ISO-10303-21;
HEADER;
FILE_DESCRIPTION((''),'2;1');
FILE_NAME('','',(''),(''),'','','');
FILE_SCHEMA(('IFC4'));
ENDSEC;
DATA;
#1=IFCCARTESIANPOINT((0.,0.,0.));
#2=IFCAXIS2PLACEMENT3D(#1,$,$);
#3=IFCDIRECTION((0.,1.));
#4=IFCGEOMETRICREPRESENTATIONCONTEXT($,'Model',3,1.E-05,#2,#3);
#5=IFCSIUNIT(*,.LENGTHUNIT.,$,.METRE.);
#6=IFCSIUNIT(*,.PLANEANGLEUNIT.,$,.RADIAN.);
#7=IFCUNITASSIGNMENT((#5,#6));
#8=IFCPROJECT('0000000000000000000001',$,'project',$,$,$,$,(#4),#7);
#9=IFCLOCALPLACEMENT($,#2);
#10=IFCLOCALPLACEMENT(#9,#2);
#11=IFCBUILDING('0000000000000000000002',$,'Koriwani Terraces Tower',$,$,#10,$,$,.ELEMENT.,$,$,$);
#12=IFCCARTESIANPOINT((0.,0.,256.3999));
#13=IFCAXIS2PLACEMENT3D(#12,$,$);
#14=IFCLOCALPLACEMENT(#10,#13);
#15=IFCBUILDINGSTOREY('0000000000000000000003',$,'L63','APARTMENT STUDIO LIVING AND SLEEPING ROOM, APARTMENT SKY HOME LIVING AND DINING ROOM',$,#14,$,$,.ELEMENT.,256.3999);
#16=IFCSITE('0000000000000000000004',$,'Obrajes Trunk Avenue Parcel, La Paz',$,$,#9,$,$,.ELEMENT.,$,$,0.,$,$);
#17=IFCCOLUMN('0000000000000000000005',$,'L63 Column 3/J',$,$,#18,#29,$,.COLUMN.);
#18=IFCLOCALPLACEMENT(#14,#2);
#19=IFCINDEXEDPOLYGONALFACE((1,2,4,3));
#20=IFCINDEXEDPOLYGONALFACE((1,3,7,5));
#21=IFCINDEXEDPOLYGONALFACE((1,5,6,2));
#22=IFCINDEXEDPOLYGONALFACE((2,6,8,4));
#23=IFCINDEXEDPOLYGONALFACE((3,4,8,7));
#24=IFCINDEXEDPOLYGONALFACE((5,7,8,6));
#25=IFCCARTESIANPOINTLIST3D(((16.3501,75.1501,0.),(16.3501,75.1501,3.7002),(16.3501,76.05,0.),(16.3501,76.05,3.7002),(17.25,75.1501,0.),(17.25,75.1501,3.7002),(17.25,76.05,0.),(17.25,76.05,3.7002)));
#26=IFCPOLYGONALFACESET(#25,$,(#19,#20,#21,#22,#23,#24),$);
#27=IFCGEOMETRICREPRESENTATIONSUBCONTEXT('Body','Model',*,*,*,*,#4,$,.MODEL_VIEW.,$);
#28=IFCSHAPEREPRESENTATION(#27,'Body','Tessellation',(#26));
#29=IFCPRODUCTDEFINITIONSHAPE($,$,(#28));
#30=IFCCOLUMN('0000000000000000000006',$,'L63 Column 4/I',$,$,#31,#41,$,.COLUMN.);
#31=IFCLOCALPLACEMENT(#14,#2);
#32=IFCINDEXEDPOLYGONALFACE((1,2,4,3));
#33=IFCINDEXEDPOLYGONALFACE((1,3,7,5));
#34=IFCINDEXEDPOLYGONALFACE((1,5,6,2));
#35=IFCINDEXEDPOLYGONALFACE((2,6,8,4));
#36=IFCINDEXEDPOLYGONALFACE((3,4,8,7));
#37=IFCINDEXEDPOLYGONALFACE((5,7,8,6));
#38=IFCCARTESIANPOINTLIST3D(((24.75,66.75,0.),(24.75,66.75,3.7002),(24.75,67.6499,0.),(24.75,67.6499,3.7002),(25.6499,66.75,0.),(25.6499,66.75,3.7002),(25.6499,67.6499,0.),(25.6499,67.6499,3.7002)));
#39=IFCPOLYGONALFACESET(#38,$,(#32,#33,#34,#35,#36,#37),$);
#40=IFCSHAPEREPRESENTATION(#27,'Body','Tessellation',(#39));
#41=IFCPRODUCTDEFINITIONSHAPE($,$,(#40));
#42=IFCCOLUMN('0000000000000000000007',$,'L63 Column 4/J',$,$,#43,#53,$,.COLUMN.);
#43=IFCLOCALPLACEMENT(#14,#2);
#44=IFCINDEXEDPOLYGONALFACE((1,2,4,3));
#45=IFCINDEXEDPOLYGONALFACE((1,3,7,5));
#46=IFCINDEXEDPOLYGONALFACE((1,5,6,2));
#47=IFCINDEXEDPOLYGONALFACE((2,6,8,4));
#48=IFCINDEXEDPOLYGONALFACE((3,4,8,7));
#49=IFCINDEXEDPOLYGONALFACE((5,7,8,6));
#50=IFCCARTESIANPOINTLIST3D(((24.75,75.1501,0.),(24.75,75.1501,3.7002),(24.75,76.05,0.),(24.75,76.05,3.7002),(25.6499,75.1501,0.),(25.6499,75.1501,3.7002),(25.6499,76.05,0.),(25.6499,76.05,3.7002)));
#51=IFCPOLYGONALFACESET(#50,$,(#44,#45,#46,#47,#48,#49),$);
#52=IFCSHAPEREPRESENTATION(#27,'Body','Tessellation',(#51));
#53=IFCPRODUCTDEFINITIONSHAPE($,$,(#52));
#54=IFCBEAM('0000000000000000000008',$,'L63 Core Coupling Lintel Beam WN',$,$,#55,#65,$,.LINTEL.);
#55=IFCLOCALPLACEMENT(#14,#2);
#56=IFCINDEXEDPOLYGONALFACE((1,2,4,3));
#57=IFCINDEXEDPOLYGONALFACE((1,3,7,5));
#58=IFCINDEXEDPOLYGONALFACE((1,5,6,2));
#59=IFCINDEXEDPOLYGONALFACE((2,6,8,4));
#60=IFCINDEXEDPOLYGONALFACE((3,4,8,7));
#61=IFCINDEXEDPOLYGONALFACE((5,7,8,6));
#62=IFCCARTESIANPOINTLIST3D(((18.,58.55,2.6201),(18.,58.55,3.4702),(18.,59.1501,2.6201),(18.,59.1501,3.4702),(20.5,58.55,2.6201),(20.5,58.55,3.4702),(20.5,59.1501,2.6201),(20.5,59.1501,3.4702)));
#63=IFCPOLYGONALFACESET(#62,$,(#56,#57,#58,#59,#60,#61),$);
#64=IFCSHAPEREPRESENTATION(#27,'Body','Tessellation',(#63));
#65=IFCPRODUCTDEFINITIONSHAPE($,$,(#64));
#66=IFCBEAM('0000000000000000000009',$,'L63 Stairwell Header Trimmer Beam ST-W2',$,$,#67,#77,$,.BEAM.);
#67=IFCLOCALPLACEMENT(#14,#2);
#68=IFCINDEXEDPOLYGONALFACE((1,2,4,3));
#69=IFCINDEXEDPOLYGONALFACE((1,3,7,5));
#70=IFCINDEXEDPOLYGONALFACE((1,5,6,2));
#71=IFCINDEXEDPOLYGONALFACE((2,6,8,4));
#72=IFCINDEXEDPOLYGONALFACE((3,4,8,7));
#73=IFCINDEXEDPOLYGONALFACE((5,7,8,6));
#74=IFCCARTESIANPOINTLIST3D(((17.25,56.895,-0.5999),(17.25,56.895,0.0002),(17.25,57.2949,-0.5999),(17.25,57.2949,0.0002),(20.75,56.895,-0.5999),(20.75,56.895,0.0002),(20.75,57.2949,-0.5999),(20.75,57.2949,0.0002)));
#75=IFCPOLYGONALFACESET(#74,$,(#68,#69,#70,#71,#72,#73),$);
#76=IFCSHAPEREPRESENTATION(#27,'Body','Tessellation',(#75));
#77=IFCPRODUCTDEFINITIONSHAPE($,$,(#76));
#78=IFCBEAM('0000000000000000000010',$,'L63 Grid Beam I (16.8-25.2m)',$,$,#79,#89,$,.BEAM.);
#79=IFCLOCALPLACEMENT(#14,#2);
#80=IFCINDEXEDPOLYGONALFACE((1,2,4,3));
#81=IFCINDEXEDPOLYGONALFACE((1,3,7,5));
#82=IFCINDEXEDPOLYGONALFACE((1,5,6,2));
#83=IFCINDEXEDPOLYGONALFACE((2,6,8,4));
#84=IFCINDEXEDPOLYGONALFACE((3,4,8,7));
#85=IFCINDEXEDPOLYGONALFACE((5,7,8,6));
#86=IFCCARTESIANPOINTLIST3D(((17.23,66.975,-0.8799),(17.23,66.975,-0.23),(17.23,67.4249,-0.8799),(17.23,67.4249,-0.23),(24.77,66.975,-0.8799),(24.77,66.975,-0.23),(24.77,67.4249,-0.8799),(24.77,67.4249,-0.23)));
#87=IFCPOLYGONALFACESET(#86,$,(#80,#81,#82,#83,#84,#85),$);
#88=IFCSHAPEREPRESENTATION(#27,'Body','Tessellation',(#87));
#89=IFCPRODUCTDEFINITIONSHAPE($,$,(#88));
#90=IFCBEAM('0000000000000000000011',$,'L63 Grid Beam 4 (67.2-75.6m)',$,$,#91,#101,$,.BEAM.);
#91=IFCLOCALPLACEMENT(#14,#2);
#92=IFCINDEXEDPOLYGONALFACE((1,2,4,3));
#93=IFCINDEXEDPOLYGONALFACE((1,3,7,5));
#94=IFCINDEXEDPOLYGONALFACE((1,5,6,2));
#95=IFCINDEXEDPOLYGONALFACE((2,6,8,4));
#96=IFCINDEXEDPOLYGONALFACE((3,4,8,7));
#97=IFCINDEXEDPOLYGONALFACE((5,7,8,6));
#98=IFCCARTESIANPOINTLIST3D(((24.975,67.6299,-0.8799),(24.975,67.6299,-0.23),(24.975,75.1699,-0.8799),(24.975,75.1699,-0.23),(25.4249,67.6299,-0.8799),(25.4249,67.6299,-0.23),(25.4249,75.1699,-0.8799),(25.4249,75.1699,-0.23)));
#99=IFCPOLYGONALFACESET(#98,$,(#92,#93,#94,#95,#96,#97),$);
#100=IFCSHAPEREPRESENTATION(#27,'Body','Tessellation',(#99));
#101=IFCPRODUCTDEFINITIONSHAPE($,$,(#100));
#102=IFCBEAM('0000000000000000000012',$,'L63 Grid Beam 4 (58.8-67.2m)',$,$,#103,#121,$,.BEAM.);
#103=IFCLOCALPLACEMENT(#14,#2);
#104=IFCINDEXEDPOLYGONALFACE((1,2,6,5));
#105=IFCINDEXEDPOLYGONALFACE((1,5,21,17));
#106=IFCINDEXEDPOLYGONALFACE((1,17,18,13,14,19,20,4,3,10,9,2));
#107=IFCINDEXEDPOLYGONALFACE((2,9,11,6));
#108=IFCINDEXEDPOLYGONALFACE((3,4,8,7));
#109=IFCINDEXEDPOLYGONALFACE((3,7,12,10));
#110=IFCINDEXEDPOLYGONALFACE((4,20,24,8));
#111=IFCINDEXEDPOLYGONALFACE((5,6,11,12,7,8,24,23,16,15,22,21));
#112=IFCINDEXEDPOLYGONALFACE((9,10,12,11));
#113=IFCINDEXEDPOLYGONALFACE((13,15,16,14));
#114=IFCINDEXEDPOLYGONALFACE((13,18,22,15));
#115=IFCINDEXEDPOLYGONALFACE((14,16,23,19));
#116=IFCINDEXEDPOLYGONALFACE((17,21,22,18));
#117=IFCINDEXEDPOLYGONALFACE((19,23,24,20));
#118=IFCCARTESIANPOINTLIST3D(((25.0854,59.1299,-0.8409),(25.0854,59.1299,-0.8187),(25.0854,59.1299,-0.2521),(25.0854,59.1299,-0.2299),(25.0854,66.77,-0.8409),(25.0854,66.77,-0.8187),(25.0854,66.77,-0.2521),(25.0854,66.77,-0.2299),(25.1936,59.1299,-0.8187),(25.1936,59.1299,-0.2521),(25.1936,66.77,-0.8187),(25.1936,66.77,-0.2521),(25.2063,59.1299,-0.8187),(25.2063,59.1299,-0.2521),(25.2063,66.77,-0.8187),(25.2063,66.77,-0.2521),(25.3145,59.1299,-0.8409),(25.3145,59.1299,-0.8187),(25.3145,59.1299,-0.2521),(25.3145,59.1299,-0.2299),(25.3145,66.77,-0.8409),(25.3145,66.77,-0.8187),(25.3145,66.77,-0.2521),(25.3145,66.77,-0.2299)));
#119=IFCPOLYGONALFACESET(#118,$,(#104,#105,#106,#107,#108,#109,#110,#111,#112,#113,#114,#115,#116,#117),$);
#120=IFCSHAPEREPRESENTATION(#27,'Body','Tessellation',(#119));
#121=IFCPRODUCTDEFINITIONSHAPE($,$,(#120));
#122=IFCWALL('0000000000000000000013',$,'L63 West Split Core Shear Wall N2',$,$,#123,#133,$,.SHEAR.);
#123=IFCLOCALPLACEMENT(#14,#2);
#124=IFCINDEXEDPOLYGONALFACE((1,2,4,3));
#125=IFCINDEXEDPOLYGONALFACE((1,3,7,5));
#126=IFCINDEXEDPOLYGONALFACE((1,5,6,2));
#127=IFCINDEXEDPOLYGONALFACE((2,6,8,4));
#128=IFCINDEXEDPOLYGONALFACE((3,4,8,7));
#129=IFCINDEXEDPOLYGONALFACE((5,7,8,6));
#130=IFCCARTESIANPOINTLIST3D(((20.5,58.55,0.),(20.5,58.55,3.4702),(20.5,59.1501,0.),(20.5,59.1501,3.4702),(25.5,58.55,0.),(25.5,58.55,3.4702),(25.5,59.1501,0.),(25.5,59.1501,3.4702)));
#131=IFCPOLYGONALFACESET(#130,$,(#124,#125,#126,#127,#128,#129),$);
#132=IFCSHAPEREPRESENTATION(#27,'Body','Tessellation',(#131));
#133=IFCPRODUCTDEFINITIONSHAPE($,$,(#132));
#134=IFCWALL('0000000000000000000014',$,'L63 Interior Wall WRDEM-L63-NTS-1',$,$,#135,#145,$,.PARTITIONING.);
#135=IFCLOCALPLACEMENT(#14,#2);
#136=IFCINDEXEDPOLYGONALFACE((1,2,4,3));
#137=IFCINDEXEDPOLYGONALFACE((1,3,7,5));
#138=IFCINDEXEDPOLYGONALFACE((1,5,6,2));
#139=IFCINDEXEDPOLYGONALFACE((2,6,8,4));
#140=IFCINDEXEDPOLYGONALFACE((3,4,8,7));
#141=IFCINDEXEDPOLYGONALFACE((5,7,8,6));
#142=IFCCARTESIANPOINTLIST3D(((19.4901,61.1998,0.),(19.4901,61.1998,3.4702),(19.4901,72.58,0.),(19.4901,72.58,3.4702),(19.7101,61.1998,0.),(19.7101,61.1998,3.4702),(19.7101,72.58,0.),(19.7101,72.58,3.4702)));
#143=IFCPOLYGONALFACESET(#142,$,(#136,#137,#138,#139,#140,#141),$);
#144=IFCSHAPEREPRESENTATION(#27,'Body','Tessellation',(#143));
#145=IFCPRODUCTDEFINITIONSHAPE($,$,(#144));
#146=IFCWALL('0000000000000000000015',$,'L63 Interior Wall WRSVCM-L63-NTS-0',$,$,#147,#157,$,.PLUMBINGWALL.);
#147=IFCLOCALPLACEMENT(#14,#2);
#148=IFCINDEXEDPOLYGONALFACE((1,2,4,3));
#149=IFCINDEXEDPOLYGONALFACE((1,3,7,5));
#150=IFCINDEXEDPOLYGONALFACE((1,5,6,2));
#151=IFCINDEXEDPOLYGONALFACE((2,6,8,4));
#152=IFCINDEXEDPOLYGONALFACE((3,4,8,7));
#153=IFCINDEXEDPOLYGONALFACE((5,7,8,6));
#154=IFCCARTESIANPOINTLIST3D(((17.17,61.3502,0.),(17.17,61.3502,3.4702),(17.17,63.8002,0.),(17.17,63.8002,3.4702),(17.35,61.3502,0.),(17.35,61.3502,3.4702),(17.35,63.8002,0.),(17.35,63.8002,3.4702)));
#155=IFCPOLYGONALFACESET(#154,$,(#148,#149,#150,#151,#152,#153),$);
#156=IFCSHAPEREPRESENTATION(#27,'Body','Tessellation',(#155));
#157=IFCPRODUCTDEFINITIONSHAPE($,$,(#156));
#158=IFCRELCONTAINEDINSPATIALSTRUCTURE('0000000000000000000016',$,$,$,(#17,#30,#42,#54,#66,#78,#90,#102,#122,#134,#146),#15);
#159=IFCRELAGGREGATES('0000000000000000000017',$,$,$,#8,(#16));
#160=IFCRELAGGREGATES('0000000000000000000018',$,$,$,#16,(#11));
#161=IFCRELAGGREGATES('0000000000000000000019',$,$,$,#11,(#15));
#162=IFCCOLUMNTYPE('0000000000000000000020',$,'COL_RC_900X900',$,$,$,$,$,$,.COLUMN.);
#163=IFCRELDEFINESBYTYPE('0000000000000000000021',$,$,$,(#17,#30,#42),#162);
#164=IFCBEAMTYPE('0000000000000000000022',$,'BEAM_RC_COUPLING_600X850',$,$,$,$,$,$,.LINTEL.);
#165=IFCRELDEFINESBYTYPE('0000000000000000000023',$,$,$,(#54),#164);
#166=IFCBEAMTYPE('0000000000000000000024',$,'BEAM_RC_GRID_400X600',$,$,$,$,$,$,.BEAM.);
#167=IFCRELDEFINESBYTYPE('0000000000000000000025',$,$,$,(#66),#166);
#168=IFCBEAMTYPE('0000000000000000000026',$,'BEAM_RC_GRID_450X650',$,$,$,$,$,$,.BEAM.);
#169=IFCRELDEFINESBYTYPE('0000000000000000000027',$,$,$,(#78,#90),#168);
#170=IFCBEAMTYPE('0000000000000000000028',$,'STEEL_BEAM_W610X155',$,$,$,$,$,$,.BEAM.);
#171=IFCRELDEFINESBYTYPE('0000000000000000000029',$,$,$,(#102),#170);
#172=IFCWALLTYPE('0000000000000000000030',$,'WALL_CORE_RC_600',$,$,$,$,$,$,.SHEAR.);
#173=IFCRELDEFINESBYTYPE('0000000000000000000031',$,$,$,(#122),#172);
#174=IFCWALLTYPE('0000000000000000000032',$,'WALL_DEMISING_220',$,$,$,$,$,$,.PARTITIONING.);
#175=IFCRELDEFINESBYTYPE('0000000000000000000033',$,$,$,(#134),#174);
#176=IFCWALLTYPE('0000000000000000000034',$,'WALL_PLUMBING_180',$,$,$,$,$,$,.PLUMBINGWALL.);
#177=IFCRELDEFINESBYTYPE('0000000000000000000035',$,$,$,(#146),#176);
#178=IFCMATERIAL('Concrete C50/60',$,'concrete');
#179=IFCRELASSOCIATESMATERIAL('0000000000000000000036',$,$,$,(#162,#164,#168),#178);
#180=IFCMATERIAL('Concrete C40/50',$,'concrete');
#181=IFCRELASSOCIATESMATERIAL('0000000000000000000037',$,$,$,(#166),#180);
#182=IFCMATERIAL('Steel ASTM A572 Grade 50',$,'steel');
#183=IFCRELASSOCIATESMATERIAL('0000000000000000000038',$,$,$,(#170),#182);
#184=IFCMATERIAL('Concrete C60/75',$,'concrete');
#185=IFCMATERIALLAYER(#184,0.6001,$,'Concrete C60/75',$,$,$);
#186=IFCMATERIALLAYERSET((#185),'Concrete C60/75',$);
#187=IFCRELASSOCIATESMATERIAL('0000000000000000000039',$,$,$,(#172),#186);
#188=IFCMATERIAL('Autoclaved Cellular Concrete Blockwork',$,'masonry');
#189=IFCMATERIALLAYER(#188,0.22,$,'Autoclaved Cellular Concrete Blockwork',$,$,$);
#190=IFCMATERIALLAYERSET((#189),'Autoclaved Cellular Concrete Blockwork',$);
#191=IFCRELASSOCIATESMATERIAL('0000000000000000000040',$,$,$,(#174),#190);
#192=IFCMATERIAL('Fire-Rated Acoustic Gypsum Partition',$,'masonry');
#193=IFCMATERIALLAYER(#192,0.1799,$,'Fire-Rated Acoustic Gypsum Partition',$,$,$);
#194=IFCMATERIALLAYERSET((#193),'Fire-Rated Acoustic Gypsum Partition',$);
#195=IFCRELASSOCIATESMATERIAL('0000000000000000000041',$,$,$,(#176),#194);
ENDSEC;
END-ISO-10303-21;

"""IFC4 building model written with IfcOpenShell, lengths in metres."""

from ifc_helpers import new_model, si_unit, direction, frame, frame_2d, origin, origin_2d, place, context, subcontext, project, spatial, rectangle, i_section, extrude, material, layer, layer_set, material_profile, profile_set, type_object, element, save


model = new_model("IFC4")

# Units and contexts
model_context = context("Model", 3, precision=1e-05, world=origin(), true_north=direction((0.0, 1.0)))
body_context = subcontext(model_context, "Body", "Model", "MODEL_VIEW")
ifc_project = project(units=[si_unit("LENGTHUNIT", "METRE"), si_unit("PLANEANGLEUNIT", "RADIAN")], contexts=[model_context])

# Site, building, storey
site_placement = place(None, origin())
site = spatial("IfcSite", under=ifc_project, at=site_placement, Name="Obrajes Trunk Avenue Parcel, La Paz", CompositionType="ELEMENT", RefElevation=0.0)
building_placement = place(site_placement, origin())
building = spatial("IfcBuilding", under=site, at=building_placement, Name="Koriwani Terraces Tower", CompositionType="ELEMENT")
storey_placement = place(building_placement, frame((0.0, 0.0, 256.3999)))
storey = spatial("IfcBuildingStorey", under=building, at=storey_placement, Name="L63", Description="APARTMENT STUDIO LIVING AND SLEEPING ROOM, APARTMENT SKY HOME LIVING AND DINING ROOM", CompositionType="ELEMENT", Elevation=256.3999)

# Columns
ifc_material_1 = material(Name="Concrete C50/60", Category="concrete")
ifc_material_profile_1 = material_profile(ifc_material_1, rectangle(XDim=0.8999, YDim=0.8999, at=origin_2d()), Name="Concrete C50/60", Category="LoadBearing")
ifc_profile_set_1 = profile_set([ifc_material_profile_1], Name="Concrete C50/60")
column_type = type_object("IfcColumnType", Name="COL_RC_900X900", PredefinedType="COLUMN", material=ifc_profile_set_1)
for number, where, z_axis, x_axis, name in (
    (1, (16.8, 75.6001, 0.0), (0.0, 0.0, 1.0), (1.0, 0.0, 0.0), "L63 Column 3/J"),
    (2, (25.2, 67.2, 0.0), (0.0, 0.0, 1.0), (1.0, 0.0, 0.0), "L63 Column 4/I"),
    (3, (25.2, 75.6001, 0.0), (0.0, 0.0, 1.0), (1.0, 0.0, 0.0), "L63 Column 4/J"),
):
    element("IfcColumn", number, at=place(storey_placement, frame(where, z_axis=z_axis, x_axis=x_axis)), inside=storey, type_object=column_type, Name=name, PredefinedType="COLUMN", context=body_context, shape_type="SweptSolid", body=[
        extrude(rectangle(XDim=0.8999, YDim=0.8999, at=origin_2d()), origin(), (0.0, 0.0, 1.0), 3.7002),
    ])

# Beams
ifc_material_profile_2 = material_profile(ifc_material_1, rectangle(XDim=0.6001, YDim=0.8501, at=origin_2d()), Name="Concrete C50/60", Category="LoadBearing")
ifc_profile_set_2 = profile_set([ifc_material_profile_2], Name="Concrete C50/60")
beam_type_1 = type_object("IfcBeamType", Name="BEAM_RC_COUPLING_600X850", PredefinedType="LINTEL", material=ifc_profile_set_2)
beam_1_placement = place(storey_placement, frame((18.0, 58.8501, 3.0452), z_axis=(1.0, 0.0, 0.0), x_axis=(0.0, 1.0, 0.0)))
element("IfcBeam", 4, at=beam_1_placement, inside=storey, type_object=beam_type_1, Name="L63 Core Coupling Lintel Beam WN", PredefinedType="LINTEL", context=body_context, shape_type="SweptSolid", body=[
    extrude(rectangle(XDim=0.6001, YDim=0.8501, at=origin_2d()), origin(), (0.0, 0.0, 1.0), 2.5),
])
ifc_material_2 = material(Name="Concrete C40/50", Category="concrete")
ifc_material_profile_3 = material_profile(ifc_material_2, rectangle(XDim=0.3999, YDim=0.6001, at=origin_2d()), Name="Concrete C40/50", Category="LoadBearing")
ifc_profile_set_3 = profile_set([ifc_material_profile_3], Name="Concrete C40/50")
beam_type_2 = type_object("IfcBeamType", Name="BEAM_RC_GRID_400X600", PredefinedType="BEAM", material=ifc_profile_set_3)
beam_2_placement = place(storey_placement, frame((17.25, 57.095, -0.2998), z_axis=(1.0, 0.0, 0.0), x_axis=(0.0, 1.0, 0.0)))
element("IfcBeam", 5, at=beam_2_placement, inside=storey, type_object=beam_type_2, Name="L63 Stairwell Header Trimmer Beam ST-W2", PredefinedType="BEAM", context=body_context, shape_type="SweptSolid", body=[
    extrude(rectangle(XDim=0.3999, YDim=0.6001, at=origin_2d()), origin(), (0.0, 0.0, 1.0), 3.5),
])
ifc_material_profile_4 = material_profile(ifc_material_1, rectangle(XDim=0.45, YDim=0.6499, at=origin_2d()), Name="Concrete C50/60", Category="LoadBearing")
ifc_profile_set_4 = profile_set([ifc_material_profile_4], Name="Concrete C50/60")
beam_type_3 = type_object("IfcBeamType", Name="BEAM_RC_GRID_450X650", PredefinedType="BEAM", material=ifc_profile_set_4)
for number, where, z_axis, x_axis, name in (
    (6, (17.23, 67.2, -0.5549), (1.0, 0.0, 0.0), (0.0, 1.0, 0.0), "L63 Grid Beam I (16.8-25.2m)"),
    (7, (25.2, 67.6299, -0.5549), (0.0, 1.0, 0.0), (-1.0, 0.0, 0.0), "L63 Grid Beam 4 (67.2-75.6m)"),
):
    element("IfcBeam", number, at=place(storey_placement, frame(where, z_axis=z_axis, x_axis=x_axis)), inside=storey, type_object=beam_type_3, Name=name, PredefinedType="BEAM", context=body_context, shape_type="SweptSolid", body=[
        extrude(rectangle(XDim=0.45, YDim=0.6499, at=origin_2d()), origin(), (0.0, 0.0, 1.0), 7.54),
    ])
ifc_material_3 = material(Name="Steel ASTM A572 Grade 50", Category="steel")
ifc_material_profile_5 = material_profile(ifc_material_3, i_section(OverallWidth=0.229, OverallDepth=0.6111, WebThickness=0.0127, FlangeThickness=0.0222, at=origin_2d()), Name="Steel ASTM A572 Grade 50", Category="LoadBearing")
ifc_profile_set_5 = profile_set([ifc_material_profile_5], Name="Steel ASTM A572 Grade 50")
beam_type_4 = type_object("IfcBeamType", Name="STEEL_BEAM_W610X155", PredefinedType="BEAM", material=ifc_profile_set_5)
beam_3_placement = place(storey_placement, frame((25.2, 59.1299, -0.5354), z_axis=(0.0, 1.0, 0.0), x_axis=(-1.0, 0.0, 0.0)))
element("IfcBeam", 8, at=beam_3_placement, inside=storey, type_object=beam_type_4, Name="L63 Grid Beam 4 (58.8-67.2m)", PredefinedType="BEAM", context=body_context, shape_type="SweptSolid", body=[
    extrude(i_section(OverallWidth=0.229, OverallDepth=0.6111, WebThickness=0.0127, FlangeThickness=0.0222, at=origin_2d()), origin(), (0.0, 0.0, 1.0), 7.6401),
])

# Walls
ifc_material_4 = material(Name="Concrete C60/75", Category="concrete")
ifc_layer_1 = layer(ifc_material_4, 0.6001, Name="Concrete C60/75")
ifc_layer_set_1 = layer_set([ifc_layer_1], Name="Concrete C60/75")
wall_type_1 = type_object("IfcWallType", Name="WALL_CORE_RC_600", PredefinedType="SHEAR", material=ifc_layer_set_1)
wall_1_placement = place(storey_placement, frame((20.5, 58.8501, 0.0), z_axis=(0.0, 0.0, 1.0), x_axis=(1.0, 0.0, 0.0)))
element("IfcWall", 9, at=wall_1_placement, inside=storey, type_object=wall_type_1, Name="L63 West Split Core Shear Wall N2", PredefinedType="SHEAR", context=body_context, shape_type="SweptSolid", body=[
    extrude(rectangle(XDim=5.0, YDim=0.6001, at=frame_2d((2.5, 0.0))), origin(), (0.0, 0.0, 1.0), 3.4702),
])
ifc_material_5 = material(Name="Autoclaved Cellular Concrete Blockwork", Category="masonry")
ifc_layer_2 = layer(ifc_material_5, 0.22, Name="Autoclaved Cellular Concrete Blockwork")
ifc_layer_set_2 = layer_set([ifc_layer_2], Name="Autoclaved Cellular Concrete Blockwork")
wall_type_2 = type_object("IfcWallType", Name="WALL_DEMISING_220", PredefinedType="PARTITIONING", material=ifc_layer_set_2)
wall_2_placement = place(storey_placement, frame((19.6001, 61.2, 0.0), z_axis=(0.0, 0.0, 1.0), x_axis=(0.0, 1.0, 0.0)))
element("IfcWall", 10, at=wall_2_placement, inside=storey, type_object=wall_type_2, Name="L63 Interior Wall WRDEM-L63-NTS-1", PredefinedType="PARTITIONING", context=body_context, shape_type="SweptSolid", body=[
    extrude(rectangle(XDim=11.3801, YDim=0.22, at=frame_2d((5.6899, 0.0))), origin(), (0.0, 0.0, 1.0), 3.4702),
])
ifc_material_6 = material(Name="Fire-Rated Acoustic Gypsum Partition", Category="masonry")
ifc_layer_3 = layer(ifc_material_6, 0.1799, Name="Fire-Rated Acoustic Gypsum Partition")
ifc_layer_set_3 = layer_set([ifc_layer_3], Name="Fire-Rated Acoustic Gypsum Partition")
wall_type_3 = type_object("IfcWallType", Name="WALL_PLUMBING_180", PredefinedType="PLUMBINGWALL", material=ifc_layer_set_3)
wall_3_placement = place(storey_placement, frame((17.26, 61.3501, 0.0), z_axis=(0.0, 0.0, 1.0), x_axis=(0.0, 1.0, 0.0)))
element("IfcWall", 11, at=wall_3_placement, inside=storey, type_object=wall_type_3, Name="L63 Interior Wall WRSVCM-L63-NTS-0", PredefinedType="PLUMBINGWALL", context=body_context, shape_type="SweptSolid", body=[
    extrude(rectangle(XDim=2.45, YDim=0.1799, at=frame_2d((1.2251, 0.0))), origin(), (0.0, 0.0, 1.0), 3.4702),
])

save(model, "model.ifc")
